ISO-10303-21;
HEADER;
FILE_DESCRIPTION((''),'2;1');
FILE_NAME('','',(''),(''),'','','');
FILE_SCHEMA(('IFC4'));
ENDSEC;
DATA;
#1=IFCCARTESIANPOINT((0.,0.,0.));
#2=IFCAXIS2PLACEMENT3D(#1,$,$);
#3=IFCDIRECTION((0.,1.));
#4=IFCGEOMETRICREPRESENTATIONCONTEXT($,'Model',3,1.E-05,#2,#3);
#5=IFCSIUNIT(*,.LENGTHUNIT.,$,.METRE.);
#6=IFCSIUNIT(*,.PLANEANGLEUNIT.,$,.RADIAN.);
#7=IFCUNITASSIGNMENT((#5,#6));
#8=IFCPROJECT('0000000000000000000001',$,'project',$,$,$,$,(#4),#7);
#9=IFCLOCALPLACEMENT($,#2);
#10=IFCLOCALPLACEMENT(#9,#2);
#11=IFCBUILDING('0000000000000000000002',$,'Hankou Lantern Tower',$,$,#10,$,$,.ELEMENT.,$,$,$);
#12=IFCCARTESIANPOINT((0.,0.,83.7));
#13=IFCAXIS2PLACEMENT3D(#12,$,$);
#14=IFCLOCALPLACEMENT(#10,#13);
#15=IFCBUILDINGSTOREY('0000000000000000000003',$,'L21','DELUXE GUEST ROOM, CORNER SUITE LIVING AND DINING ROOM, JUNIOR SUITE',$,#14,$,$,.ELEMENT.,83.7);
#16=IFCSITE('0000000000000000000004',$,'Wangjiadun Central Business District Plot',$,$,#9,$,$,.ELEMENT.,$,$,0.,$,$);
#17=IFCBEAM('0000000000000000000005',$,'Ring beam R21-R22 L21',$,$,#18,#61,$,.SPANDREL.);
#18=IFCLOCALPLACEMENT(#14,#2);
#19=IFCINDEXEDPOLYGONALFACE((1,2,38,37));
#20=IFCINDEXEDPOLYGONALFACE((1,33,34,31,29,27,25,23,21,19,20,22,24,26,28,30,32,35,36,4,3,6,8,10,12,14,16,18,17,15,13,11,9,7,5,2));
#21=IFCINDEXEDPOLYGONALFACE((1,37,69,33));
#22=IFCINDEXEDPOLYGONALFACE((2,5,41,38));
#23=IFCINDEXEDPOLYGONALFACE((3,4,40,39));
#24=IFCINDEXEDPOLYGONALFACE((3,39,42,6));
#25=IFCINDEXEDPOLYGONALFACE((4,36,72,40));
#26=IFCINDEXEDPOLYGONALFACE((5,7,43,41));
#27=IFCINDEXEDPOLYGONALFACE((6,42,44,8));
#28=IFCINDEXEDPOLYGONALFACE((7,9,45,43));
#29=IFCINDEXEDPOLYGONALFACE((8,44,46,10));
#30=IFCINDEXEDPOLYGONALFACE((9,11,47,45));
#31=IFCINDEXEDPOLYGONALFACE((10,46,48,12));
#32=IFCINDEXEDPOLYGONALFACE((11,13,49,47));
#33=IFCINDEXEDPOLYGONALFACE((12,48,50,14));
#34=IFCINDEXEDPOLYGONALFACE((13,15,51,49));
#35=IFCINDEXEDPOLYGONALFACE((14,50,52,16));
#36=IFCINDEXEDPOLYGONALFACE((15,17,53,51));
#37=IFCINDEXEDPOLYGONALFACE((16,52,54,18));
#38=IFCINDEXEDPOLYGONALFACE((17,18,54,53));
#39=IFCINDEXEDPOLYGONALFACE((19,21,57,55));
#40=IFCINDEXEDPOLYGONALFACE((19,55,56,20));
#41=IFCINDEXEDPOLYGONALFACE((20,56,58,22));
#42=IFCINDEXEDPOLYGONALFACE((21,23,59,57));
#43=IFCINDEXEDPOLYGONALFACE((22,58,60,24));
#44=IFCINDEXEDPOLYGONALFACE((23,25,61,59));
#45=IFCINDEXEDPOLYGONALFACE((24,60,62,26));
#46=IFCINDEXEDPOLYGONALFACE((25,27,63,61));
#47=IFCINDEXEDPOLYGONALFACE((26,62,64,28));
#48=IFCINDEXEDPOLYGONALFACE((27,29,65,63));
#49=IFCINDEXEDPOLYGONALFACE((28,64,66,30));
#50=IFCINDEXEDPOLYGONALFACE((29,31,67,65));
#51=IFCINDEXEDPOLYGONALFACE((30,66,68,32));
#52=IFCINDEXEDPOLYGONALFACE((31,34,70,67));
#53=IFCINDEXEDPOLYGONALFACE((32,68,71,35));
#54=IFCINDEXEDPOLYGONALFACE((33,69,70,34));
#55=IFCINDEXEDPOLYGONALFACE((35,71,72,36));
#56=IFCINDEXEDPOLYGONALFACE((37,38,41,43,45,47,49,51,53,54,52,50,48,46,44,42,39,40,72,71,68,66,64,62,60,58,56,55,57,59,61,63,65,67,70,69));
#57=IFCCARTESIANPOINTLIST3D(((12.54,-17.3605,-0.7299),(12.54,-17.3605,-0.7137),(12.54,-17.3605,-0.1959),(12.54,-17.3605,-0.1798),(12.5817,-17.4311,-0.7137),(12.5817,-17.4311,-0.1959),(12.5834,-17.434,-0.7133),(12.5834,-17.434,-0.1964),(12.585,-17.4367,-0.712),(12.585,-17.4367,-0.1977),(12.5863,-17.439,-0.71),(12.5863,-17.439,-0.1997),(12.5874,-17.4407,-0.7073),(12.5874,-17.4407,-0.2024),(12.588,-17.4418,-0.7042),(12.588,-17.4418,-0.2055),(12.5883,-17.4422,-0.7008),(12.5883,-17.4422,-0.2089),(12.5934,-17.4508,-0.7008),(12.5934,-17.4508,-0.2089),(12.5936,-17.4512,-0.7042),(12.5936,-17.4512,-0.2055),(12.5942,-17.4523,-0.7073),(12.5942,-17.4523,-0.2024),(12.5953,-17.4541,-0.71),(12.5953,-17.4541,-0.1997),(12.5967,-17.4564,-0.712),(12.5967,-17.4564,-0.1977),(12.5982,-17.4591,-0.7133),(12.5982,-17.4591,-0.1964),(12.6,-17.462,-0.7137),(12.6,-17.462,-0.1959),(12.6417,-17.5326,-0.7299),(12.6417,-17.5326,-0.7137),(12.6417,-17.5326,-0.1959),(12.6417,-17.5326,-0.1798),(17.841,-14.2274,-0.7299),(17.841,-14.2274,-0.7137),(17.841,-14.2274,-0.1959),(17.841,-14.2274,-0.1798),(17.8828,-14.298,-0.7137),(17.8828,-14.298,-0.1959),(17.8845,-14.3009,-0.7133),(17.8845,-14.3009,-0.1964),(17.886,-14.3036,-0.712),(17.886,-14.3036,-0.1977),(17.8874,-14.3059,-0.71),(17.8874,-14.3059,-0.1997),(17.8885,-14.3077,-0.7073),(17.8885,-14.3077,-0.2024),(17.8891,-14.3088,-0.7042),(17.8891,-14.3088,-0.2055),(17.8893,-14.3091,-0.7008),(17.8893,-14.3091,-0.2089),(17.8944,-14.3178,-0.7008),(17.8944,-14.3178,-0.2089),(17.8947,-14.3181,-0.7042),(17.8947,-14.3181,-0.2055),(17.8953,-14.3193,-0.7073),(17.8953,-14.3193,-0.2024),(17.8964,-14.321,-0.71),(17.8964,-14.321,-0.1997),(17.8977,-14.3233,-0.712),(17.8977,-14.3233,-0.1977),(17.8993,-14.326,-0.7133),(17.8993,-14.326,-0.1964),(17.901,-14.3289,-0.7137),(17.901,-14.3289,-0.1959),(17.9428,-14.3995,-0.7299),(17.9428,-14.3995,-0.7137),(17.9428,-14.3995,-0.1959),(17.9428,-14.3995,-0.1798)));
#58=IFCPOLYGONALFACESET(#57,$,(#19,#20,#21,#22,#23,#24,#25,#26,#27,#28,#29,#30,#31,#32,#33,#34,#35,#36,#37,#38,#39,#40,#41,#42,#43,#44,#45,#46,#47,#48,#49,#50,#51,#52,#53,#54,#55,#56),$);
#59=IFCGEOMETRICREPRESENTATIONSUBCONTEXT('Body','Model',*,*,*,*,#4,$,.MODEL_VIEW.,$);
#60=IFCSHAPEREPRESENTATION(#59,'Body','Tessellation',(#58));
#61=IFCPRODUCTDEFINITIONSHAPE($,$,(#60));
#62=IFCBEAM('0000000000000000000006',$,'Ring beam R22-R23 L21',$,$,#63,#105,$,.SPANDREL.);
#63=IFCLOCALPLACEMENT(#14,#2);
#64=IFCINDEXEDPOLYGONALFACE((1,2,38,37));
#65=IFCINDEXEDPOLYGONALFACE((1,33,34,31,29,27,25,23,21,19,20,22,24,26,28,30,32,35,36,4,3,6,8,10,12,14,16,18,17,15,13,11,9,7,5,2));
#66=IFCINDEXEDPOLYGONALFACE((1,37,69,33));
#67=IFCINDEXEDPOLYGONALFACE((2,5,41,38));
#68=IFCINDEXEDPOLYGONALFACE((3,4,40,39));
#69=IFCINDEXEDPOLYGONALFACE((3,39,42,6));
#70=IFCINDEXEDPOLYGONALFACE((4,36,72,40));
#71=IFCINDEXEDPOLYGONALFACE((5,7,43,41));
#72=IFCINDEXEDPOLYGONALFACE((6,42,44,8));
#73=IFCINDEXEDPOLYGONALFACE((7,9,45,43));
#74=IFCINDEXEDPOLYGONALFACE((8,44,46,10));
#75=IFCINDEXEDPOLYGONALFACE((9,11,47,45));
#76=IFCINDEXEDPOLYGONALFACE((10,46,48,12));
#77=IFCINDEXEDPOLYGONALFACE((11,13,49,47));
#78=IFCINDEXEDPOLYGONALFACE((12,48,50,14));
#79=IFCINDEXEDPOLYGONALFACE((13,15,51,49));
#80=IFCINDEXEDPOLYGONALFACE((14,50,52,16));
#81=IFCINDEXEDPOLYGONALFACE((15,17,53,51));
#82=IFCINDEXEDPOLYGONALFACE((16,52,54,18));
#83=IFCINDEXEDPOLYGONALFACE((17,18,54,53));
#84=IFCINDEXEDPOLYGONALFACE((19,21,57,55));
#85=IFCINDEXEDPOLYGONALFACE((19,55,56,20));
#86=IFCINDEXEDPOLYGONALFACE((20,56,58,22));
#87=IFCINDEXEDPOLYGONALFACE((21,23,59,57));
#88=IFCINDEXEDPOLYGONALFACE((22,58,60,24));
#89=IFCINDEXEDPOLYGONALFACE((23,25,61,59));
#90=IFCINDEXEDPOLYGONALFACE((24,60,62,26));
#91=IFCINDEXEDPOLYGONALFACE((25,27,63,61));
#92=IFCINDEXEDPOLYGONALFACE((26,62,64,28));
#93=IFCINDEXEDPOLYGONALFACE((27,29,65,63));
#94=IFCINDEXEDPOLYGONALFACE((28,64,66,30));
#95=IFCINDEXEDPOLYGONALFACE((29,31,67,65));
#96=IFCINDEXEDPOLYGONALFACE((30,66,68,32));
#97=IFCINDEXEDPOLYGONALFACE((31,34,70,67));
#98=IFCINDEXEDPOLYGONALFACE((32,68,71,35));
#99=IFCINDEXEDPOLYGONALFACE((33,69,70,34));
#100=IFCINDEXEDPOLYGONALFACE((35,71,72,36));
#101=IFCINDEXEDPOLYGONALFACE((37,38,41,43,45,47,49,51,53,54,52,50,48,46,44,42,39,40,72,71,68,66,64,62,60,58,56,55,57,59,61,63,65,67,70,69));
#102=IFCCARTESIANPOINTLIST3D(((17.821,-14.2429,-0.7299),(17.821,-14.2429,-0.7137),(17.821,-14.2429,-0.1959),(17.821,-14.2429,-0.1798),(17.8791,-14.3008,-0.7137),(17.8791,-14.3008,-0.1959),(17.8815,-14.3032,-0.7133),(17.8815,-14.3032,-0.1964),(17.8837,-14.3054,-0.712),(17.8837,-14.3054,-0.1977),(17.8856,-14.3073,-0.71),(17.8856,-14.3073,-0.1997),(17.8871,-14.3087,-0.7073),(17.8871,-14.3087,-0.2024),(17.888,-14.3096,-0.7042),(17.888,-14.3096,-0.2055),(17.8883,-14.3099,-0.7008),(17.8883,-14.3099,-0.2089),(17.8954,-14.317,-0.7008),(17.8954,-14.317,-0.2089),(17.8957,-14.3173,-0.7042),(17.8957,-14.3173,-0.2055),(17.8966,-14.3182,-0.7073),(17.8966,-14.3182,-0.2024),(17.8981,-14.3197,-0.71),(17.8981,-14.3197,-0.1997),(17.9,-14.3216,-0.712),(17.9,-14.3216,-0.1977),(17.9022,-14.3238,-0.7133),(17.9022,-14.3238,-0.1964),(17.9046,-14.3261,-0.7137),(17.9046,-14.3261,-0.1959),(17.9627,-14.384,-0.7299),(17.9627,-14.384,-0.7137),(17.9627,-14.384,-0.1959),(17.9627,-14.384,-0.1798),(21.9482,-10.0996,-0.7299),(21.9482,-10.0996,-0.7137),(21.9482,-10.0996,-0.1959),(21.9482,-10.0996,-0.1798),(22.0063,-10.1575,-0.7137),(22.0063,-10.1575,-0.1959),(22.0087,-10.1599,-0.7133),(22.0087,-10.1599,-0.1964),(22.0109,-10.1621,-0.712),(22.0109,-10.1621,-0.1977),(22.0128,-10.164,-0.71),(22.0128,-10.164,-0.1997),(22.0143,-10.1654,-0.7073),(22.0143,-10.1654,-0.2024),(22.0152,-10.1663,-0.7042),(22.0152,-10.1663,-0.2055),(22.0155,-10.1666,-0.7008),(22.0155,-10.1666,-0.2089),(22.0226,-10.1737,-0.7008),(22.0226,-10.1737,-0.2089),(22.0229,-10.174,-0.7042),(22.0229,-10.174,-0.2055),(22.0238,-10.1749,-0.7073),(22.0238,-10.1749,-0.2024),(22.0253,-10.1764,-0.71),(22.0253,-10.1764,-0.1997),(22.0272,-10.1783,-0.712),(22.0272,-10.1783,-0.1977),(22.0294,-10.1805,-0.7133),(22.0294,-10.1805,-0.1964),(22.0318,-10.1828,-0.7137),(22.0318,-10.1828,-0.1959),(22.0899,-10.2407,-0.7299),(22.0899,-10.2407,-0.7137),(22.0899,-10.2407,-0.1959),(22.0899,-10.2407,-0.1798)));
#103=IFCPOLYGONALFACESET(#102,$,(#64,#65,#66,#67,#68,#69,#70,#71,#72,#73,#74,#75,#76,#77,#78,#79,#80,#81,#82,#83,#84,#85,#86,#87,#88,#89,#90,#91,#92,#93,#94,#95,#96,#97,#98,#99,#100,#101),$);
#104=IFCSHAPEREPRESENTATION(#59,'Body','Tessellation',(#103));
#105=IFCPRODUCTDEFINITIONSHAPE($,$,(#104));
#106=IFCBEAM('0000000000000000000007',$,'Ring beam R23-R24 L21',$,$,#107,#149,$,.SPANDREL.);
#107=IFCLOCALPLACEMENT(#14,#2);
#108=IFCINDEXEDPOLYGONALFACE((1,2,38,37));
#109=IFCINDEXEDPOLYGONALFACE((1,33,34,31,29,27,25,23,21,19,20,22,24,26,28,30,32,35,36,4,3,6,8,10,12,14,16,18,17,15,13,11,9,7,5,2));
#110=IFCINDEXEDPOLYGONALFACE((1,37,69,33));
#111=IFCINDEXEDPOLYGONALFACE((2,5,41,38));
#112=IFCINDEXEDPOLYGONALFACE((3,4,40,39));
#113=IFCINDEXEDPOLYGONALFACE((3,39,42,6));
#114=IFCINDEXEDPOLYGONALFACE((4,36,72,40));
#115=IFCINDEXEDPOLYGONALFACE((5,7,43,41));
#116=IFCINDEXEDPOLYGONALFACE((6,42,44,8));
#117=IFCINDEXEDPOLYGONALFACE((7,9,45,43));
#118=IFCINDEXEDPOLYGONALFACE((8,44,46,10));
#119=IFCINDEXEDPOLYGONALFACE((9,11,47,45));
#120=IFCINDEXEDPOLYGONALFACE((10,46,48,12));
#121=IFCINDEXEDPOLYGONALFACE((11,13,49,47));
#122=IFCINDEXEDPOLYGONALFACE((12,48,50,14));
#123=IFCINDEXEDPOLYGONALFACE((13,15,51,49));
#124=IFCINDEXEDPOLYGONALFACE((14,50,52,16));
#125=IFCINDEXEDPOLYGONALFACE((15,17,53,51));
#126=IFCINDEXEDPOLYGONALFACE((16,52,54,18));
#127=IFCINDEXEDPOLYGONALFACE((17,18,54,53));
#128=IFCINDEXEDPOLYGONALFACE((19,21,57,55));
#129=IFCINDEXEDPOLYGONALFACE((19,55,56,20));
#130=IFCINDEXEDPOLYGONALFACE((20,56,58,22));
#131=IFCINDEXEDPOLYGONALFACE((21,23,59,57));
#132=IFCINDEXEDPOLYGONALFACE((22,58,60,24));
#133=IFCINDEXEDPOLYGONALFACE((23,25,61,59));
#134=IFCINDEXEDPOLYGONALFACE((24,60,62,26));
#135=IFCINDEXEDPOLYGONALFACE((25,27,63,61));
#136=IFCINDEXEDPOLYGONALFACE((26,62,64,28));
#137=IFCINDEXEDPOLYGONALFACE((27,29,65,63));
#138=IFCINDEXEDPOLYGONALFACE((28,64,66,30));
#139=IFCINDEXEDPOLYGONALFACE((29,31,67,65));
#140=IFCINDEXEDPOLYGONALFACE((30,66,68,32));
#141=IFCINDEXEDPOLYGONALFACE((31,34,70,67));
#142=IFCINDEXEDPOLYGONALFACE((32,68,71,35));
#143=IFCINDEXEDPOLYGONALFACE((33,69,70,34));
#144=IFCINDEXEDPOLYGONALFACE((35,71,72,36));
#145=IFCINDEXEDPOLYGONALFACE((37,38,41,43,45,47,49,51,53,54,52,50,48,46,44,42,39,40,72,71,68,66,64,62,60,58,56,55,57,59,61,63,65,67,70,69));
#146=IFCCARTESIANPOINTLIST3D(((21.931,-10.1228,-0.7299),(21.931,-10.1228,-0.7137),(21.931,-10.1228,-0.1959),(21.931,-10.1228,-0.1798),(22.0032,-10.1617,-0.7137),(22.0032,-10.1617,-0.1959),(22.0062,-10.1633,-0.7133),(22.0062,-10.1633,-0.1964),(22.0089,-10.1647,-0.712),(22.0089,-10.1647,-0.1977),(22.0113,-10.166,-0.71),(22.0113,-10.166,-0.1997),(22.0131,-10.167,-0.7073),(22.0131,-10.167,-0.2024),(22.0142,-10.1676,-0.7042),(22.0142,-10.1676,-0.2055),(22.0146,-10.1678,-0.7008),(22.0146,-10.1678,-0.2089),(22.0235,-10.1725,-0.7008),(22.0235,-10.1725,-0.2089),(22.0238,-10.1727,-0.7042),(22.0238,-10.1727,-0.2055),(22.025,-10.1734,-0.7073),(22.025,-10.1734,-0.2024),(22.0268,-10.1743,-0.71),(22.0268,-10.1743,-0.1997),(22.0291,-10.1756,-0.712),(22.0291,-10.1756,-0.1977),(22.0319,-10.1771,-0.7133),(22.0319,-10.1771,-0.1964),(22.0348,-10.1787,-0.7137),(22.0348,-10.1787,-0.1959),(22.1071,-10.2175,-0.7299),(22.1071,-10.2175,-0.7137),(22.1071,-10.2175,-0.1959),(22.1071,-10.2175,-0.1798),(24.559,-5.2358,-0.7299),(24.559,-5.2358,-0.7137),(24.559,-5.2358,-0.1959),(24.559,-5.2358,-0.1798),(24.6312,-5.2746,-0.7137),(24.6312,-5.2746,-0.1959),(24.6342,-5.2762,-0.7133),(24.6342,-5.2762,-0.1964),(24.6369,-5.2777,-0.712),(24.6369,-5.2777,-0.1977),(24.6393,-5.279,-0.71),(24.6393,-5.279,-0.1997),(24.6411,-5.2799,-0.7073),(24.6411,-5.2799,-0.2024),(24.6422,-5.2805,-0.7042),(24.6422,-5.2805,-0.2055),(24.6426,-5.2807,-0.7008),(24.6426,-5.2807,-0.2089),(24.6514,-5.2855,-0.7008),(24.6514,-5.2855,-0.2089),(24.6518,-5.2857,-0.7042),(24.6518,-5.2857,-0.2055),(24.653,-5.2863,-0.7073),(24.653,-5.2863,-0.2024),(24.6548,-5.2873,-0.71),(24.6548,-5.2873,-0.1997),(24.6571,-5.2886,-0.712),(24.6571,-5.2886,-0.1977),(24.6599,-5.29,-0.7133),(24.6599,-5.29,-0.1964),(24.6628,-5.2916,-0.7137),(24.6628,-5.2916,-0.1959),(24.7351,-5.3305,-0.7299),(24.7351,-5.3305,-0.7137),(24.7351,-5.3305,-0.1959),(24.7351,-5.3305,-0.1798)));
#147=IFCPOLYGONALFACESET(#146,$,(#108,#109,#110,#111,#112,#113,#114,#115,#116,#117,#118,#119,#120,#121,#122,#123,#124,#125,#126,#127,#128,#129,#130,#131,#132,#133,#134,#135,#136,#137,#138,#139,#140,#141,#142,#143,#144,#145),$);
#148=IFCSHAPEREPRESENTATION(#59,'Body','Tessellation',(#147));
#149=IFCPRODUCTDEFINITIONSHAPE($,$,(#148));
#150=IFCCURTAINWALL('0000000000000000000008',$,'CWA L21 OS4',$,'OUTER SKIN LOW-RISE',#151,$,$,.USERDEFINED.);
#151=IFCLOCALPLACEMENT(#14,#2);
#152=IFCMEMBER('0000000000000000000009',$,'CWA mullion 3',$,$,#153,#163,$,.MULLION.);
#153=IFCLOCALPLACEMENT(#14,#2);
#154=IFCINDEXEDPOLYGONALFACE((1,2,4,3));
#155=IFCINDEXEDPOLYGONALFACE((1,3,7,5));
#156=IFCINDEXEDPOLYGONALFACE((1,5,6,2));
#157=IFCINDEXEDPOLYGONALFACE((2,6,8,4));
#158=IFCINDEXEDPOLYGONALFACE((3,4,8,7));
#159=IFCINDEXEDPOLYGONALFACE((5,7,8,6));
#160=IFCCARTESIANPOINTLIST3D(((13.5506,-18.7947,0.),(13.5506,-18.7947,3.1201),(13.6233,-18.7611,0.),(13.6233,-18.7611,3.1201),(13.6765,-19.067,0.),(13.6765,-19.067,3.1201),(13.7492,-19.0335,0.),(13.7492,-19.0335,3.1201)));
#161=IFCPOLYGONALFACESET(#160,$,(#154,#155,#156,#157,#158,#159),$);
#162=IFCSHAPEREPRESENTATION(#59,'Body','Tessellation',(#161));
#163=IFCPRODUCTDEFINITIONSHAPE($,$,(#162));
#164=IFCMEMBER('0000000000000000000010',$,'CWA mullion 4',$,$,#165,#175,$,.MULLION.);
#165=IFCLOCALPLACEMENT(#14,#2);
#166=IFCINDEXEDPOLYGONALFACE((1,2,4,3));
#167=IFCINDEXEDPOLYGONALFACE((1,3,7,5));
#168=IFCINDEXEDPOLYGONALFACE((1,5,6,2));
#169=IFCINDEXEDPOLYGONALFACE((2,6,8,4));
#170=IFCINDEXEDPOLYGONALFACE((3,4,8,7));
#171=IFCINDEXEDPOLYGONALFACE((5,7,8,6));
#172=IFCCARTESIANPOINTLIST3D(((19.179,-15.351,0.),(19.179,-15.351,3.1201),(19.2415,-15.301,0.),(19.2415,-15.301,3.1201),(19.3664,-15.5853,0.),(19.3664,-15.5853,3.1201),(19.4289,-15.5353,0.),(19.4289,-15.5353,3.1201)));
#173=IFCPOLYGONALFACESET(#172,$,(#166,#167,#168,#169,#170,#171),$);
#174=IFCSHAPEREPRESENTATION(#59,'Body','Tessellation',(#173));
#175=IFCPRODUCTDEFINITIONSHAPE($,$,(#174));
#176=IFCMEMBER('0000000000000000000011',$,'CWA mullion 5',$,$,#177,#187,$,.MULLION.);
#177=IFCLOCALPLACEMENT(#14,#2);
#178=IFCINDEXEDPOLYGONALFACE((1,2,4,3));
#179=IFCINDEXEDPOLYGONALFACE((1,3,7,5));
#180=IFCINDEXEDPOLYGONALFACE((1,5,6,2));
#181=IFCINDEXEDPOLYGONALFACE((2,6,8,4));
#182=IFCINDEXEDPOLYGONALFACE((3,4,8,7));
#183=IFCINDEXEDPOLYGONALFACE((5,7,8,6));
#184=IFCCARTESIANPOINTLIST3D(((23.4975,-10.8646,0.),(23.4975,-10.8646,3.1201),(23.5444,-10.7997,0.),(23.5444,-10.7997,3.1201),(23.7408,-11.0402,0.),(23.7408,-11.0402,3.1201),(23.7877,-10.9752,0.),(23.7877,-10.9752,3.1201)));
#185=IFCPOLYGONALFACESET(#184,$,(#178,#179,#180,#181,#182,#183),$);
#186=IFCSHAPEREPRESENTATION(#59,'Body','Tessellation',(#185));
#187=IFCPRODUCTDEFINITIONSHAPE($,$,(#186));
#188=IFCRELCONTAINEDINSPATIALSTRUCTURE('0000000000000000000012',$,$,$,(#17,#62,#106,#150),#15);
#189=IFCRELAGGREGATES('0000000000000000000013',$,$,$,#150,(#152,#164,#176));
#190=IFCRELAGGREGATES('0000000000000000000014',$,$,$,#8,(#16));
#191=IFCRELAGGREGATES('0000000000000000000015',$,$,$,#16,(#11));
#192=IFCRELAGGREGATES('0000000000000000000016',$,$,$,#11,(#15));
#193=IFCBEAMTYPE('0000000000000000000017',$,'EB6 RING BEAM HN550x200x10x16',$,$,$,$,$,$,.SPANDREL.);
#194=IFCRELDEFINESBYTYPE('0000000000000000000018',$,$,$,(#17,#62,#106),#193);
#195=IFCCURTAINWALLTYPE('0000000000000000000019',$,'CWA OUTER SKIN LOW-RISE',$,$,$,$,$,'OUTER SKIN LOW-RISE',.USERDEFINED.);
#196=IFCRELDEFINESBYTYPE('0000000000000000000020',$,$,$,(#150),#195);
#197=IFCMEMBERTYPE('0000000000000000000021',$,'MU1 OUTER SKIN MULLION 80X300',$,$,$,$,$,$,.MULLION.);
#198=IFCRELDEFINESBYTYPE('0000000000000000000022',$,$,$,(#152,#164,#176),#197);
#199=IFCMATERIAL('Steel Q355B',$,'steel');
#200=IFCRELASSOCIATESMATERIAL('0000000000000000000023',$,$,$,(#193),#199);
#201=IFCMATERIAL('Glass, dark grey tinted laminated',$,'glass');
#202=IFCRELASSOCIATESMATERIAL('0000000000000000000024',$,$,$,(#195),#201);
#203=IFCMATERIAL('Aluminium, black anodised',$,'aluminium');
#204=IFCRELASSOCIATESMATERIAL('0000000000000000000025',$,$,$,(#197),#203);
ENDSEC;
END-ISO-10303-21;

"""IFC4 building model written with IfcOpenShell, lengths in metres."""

from ifc_helpers import new_model, si_unit, direction, frame, origin, origin_2d, place, context, subcontext, project, spatial, rectangle, i_section, extrude, material, material_profile, profile_set, type_object, element, aggregate, save


model = new_model("IFC4")

# Units and contexts
model_context = context("Model", 3, precision=1e-05, world=origin(), true_north=direction((0.0, 1.0)))
body_context = subcontext(model_context, "Body", "Model", "MODEL_VIEW")
ifc_project = project(units=[si_unit("LENGTHUNIT", "METRE"), si_unit("PLANEANGLEUNIT", "RADIAN")], contexts=[model_context])

# Site, building, storey
site_placement = place(None, origin())
site = spatial("IfcSite", under=ifc_project, at=site_placement, Name="Wangjiadun Central Business District Plot", CompositionType="ELEMENT", RefElevation=0.0)
building_placement = place(site_placement, origin())
building = spatial("IfcBuilding", under=site, at=building_placement, Name="Hankou Lantern Tower", CompositionType="ELEMENT")
storey_placement = place(building_placement, frame((0.0, 0.0, 83.7)))
storey = spatial("IfcBuildingStorey", under=building, at=storey_placement, Name="L21", Description="DELUXE GUEST ROOM, CORNER SUITE LIVING AND DINING ROOM, JUNIOR SUITE", CompositionType="ELEMENT", Elevation=83.7)

# Beams
ifc_material_1 = material(Name="Steel Q355B", Category="steel")
ifc_material_profile_1 = material_profile(ifc_material_1, i_section(OverallWidth=0.2, OverallDepth=0.55, WebThickness=0.01, FlangeThickness=0.0161, FilletRadius=0.0129, at=origin_2d()), Name="HN550x200x10x16")
ifc_profile_set_1 = profile_set([ifc_material_profile_1], Name="Steel Q355B")
beam_type_1 = type_object("IfcBeamType", Name="EB6 RING BEAM HN550x200x10x16", PredefinedType="SPANDREL", material=ifc_profile_set_1)
beam_1_placement = place(storey_placement, frame((12.5908, -17.4465, -0.4548), z_axis=(0.860882, 0.508805, 0.0), x_axis=(-0.508805, 0.860882, 0.0)))
element("IfcBeam", 1, at=beam_1_placement, inside=storey, type_object=beam_type_1, Name="Ring beam R21-R22 L21", PredefinedType="SPANDREL", context=body_context, shape_type="SweptSolid", body=[
    extrude(i_section(OverallWidth=0.2, OverallDepth=0.55, WebThickness=0.01, FlangeThickness=0.0161, FilletRadius=0.0129, at=origin_2d()), origin(), (0.0, 0.0, 1.0), 6.1577),
])
beam_2_placement = place(storey_placement, frame((17.8918, -14.3135, -0.4548), z_axis=(0.705728, 0.708483, 0.0), x_axis=(-0.708483, 0.705728, 0.0)))
element("IfcBeam", 2, at=beam_2_placement, inside=storey, type_object=beam_type_1, Name="Ring beam R22-R23 L21", PredefinedType="SPANDREL", context=body_context, shape_type="SweptSolid", body=[
    extrude(i_section(OverallWidth=0.2, OverallDepth=0.55, WebThickness=0.01, FlangeThickness=0.0161, FilletRadius=0.0129, at=origin_2d()), origin(), (0.0, 0.0, 1.0), 5.8481),
])
beam_3_placement = place(storey_placement, frame((22.019, -10.1702, -0.4548), z_axis=(0.473609, 0.880735, 0.0), x_axis=(-0.880735, 0.473609, 0.0)))
element("IfcBeam", 3, at=beam_3_placement, inside=storey, type_object=beam_type_1, Name="Ring beam R23-R24 L21", PredefinedType="SPANDREL", context=body_context, shape_type="SweptSolid", body=[
    extrude(i_section(OverallWidth=0.2, OverallDepth=0.55, WebThickness=0.01, FlangeThickness=0.0161, FilletRadius=0.0129, at=origin_2d()), origin(), (0.0, 0.0, 1.0), 5.5488),
])

# Curtain wall, members
ifc_material_2 = material(Name="Glass, dark grey tinted laminated", Category="glass")
curtain_wall_type = type_object("IfcCurtainWallType", Name="CWA OUTER SKIN LOW-RISE", ElementType="OUTER SKIN LOW-RISE", PredefinedType="USERDEFINED", material=ifc_material_2)
curtain_wall_placement = place(storey_placement, origin())
curtain_wall = element("IfcCurtainWall", 4, at=curtain_wall_placement, inside=storey, type_object=curtain_wall_type, Name="CWA L21 OS4", ObjectType="OUTER SKIN LOW-RISE", PredefinedType="USERDEFINED")
ifc_material_3 = material(Name="Aluminium, black anodised", Category="aluminium")
ifc_material_profile_2 = material_profile(ifc_material_3, rectangle(XDim=0.0801, YDim=0.3, at=origin_2d()), Name="MU1 80X300")
ifc_profile_set_2 = profile_set([ifc_material_profile_2], Name="Aluminium, black anodised")
member_type_1 = type_object("IfcMemberType", Name="MU1 OUTER SKIN MULLION 80X300", PredefinedType="MULLION", material=ifc_profile_set_2)
member_1_placement = place(storey_placement, frame((13.6499, -18.9141, 0.0), z_axis=(0.0, 0.0, 1.0), x_axis=(0.907841, 0.419314, 0.0)))
member_1 = element("IfcMember", 5, at=member_1_placement, type_object=member_type_1, Name="CWA mullion 3", PredefinedType="MULLION", context=body_context, shape_type="SweptSolid", body=[
    extrude(rectangle(XDim=0.0801, YDim=0.3, at=origin_2d()), origin(), (0.0, 0.0, 1.0), 3.1201),
])
member_2_placement = place(storey_placement, frame((19.304, -15.4431, 0.0), z_axis=(0.0, 0.0, 1.0), x_axis=(0.780869, 0.624695, 0.0)))
member_2 = element("IfcMember", 6, at=member_2_placement, type_object=member_type_1, Name="CWA mullion 4", PredefinedType="MULLION", context=body_context, shape_type="SweptSolid", body=[
    extrude(rectangle(XDim=0.0801, YDim=0.3, at=origin_2d()), origin(), (0.0, 0.0, 1.0), 3.1201),
])
member_3_placement = place(storey_placement, frame((23.6426, -10.9199, 0.0), z_axis=(0.0, 0.0, 1.0), x_axis=(0.585206, 0.810885, 0.0)))
member_3 = element("IfcMember", 7, at=member_3_placement, type_object=member_type_1, Name="CWA mullion 5", PredefinedType="MULLION", context=body_context, shape_type="SweptSolid", body=[
    extrude(rectangle(XDim=0.0801, YDim=0.3, at=origin_2d()), origin(), (0.0, 0.0, 1.0), 3.1201),
])

aggregate(curtain_wall, [member_1, member_2, member_3])

save(model, "model.ifc")
